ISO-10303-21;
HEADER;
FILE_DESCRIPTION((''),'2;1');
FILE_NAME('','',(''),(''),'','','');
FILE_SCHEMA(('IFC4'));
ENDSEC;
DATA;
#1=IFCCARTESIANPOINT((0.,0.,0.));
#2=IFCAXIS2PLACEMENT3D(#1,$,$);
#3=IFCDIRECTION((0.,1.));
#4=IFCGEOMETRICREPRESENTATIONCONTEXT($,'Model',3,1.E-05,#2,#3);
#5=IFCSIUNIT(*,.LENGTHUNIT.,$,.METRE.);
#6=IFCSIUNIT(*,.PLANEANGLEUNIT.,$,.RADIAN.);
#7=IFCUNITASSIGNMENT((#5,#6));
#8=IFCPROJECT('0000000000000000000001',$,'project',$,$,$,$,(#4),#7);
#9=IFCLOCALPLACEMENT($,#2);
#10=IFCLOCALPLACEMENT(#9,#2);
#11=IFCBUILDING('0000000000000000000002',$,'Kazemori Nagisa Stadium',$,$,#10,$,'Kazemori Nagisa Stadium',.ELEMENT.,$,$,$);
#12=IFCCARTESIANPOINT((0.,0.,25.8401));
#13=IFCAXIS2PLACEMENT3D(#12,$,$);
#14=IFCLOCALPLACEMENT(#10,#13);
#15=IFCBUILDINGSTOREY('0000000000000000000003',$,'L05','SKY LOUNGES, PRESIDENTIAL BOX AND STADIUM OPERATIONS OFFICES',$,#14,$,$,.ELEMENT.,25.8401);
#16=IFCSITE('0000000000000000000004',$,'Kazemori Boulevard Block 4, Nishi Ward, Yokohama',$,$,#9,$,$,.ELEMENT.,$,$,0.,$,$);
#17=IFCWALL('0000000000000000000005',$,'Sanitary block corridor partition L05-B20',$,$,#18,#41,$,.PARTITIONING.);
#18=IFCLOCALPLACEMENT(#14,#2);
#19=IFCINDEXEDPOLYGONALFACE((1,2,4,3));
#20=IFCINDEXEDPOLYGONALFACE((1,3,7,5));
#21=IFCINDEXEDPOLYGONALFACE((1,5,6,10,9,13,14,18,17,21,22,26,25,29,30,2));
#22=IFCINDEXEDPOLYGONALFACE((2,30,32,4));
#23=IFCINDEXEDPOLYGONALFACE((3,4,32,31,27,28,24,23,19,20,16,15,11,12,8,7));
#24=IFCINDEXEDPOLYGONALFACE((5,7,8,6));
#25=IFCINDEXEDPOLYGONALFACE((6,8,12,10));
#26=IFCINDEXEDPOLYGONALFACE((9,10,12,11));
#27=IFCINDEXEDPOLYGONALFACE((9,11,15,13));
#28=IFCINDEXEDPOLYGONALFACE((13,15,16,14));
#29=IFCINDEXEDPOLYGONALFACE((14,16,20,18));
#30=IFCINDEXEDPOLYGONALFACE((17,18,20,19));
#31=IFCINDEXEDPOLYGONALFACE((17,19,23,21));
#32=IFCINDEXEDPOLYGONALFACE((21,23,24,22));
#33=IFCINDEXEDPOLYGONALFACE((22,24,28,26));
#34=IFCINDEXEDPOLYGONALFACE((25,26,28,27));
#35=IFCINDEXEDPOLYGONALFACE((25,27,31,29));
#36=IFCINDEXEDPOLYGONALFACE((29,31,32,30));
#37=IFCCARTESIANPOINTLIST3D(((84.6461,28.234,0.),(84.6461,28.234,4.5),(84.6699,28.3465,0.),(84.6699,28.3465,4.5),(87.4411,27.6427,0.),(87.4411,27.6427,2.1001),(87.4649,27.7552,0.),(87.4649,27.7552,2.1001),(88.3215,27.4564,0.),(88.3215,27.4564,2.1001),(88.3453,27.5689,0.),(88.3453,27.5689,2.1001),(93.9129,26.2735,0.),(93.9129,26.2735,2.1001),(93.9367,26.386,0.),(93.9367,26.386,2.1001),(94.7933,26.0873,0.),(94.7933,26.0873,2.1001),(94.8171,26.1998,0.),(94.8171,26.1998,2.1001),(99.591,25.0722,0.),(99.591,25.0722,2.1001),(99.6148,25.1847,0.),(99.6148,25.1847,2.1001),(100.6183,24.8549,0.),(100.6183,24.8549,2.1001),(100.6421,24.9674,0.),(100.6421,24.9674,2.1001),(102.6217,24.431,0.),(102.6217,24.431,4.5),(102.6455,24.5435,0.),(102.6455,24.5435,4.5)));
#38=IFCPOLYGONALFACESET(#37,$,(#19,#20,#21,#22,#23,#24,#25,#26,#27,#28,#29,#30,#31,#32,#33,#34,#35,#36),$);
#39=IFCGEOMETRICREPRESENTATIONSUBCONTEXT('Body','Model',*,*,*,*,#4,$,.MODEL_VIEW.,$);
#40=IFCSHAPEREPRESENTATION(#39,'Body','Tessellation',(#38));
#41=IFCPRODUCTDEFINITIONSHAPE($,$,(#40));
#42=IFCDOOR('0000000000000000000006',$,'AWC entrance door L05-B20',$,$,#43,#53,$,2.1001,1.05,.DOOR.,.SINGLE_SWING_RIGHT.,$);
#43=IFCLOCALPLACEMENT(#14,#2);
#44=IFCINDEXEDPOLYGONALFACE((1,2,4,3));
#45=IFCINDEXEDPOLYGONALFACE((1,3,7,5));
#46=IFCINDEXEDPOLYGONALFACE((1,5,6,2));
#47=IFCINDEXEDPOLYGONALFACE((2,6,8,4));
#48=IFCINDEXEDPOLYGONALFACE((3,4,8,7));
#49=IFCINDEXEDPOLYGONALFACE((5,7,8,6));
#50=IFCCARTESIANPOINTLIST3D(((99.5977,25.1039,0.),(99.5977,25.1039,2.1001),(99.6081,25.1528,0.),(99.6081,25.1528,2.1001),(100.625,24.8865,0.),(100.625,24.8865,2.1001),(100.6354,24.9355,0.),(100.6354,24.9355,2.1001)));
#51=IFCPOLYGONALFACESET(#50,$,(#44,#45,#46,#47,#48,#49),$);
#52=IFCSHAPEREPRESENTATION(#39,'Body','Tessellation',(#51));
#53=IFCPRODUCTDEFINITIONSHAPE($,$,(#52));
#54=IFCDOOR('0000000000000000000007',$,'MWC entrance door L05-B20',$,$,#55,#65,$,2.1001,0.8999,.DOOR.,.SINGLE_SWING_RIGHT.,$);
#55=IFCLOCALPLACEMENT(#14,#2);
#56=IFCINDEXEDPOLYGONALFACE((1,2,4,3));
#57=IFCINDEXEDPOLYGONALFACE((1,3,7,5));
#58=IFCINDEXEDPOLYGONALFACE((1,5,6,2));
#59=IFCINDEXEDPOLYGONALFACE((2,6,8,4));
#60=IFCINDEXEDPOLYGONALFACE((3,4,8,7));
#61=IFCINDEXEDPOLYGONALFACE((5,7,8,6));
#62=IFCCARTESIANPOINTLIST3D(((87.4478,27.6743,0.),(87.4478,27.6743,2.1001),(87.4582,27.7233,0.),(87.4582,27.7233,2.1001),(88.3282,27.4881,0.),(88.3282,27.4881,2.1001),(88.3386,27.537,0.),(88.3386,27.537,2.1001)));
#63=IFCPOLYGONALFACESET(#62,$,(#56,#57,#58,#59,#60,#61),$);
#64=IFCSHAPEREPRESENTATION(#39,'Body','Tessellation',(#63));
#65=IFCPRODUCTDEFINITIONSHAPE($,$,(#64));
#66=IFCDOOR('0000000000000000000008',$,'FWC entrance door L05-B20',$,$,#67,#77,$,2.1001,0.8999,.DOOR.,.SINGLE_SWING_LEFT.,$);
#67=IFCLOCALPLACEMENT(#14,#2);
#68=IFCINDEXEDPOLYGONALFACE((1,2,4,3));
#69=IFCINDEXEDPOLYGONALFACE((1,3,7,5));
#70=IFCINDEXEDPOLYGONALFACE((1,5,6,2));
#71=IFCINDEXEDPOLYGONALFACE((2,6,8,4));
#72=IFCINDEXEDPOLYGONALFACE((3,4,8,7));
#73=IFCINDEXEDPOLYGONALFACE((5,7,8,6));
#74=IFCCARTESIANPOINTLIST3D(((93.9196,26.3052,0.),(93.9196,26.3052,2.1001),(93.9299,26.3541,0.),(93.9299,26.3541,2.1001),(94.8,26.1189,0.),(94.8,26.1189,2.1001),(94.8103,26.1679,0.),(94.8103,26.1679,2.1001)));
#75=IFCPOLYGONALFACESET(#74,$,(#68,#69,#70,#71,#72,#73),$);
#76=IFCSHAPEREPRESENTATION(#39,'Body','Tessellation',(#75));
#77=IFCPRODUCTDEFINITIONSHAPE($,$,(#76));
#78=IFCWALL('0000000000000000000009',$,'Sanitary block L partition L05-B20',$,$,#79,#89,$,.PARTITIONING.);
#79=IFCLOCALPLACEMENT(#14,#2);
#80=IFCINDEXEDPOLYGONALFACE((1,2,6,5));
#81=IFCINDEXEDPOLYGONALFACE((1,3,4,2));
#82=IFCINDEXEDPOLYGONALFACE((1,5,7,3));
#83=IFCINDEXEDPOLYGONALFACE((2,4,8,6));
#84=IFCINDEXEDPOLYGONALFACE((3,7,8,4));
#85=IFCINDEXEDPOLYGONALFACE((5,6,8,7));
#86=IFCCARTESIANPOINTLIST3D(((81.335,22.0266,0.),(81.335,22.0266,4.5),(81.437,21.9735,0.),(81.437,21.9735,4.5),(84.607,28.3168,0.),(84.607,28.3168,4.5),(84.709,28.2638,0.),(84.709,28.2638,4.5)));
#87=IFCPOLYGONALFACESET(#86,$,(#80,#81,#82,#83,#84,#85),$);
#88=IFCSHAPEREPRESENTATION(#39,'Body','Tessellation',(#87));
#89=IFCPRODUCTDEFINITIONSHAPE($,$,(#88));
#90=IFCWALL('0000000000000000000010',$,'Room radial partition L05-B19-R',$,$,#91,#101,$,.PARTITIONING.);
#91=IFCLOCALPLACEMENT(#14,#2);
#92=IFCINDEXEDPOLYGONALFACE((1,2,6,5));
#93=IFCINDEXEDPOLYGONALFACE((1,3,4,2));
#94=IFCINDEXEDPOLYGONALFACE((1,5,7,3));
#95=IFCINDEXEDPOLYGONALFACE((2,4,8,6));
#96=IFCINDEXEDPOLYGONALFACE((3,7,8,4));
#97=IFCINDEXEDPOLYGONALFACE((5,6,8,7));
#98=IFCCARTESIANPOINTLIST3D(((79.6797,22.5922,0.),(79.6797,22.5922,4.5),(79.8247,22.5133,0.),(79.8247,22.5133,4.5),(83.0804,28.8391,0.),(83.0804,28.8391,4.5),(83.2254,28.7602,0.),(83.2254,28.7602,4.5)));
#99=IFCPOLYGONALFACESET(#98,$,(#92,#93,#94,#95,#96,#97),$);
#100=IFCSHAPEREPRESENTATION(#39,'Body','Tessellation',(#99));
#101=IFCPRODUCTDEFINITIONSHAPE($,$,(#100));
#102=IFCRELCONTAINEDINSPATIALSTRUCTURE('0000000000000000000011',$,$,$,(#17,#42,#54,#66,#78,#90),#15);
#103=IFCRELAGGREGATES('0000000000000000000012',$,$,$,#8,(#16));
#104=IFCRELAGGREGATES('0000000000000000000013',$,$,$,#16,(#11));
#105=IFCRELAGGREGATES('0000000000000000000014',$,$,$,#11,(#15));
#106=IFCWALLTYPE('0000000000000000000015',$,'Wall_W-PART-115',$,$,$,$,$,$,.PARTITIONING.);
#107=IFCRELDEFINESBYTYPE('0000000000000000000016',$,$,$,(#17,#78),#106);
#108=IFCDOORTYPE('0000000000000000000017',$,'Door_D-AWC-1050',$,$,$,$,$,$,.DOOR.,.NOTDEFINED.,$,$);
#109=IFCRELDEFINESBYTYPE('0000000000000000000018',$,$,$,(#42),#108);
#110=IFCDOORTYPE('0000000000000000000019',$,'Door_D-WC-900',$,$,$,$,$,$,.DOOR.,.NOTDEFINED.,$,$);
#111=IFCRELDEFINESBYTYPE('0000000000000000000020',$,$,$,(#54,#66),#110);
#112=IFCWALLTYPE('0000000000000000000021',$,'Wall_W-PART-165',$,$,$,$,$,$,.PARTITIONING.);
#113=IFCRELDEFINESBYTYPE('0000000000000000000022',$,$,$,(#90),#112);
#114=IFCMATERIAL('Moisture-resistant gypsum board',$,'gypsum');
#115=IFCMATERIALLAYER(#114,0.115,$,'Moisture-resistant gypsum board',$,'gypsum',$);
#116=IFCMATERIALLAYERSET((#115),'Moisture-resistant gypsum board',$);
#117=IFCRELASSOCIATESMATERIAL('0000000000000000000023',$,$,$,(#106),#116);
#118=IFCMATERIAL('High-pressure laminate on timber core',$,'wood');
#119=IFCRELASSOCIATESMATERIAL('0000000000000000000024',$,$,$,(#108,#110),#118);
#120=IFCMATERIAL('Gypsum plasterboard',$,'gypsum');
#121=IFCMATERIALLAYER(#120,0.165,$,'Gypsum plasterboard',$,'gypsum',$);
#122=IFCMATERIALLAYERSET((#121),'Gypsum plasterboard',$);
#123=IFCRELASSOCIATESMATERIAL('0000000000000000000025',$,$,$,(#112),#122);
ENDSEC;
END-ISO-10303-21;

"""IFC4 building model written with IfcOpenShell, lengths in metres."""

from ifc_helpers import new_model, si_unit, direction, frame, frame_2d, origin, place, context, subcontext, project, spatial, rectangle, extrude, material, layer, layer_set, type_object, element, fill, save


model = new_model("IFC4")

# Units and contexts
model_context = context("Model", 3, precision=1e-05, world=origin(), true_north=direction((0.0, 1.0)))
body_context = subcontext(model_context, "Body", "Model", "MODEL_VIEW")
ifc_project = project(units=[si_unit("LENGTHUNIT", "METRE"), si_unit("PLANEANGLEUNIT", "RADIAN")], contexts=[model_context])

# Site, building, storey
site_placement = place(None, origin())
site = spatial("IfcSite", under=ifc_project, at=site_placement, Name="Kazemori Boulevard Block 4, Nishi Ward, Yokohama", CompositionType="ELEMENT", RefElevation=0.0)
building_placement = place(site_placement, origin())
building = spatial("IfcBuilding", under=site, at=building_placement, Name="Kazemori Nagisa Stadium", LongName="Kazemori Nagisa Stadium", CompositionType="ELEMENT")
storey_placement = place(building_placement, frame((0.0, 0.0, 25.8401)))
storey = spatial("IfcBuildingStorey", under=building, at=storey_placement, Name="L05", Description="SKY LOUNGES, PRESIDENTIAL BOX AND STADIUM OPERATIONS OFFICES", CompositionType="ELEMENT", Elevation=25.8401)

# Wall, openings, doors
ifc_material_1 = material(Name="Moisture-resistant gypsum board", Category="gypsum")
ifc_layer_1 = layer(ifc_material_1, 0.115, Name="Moisture-resistant gypsum board", Category="gypsum")
ifc_layer_set_1 = layer_set([ifc_layer_1], Name="Moisture-resistant gypsum board")
wall_type_1 = type_object("IfcWallType", Name="Wall_W-PART-115", PredefinedType="PARTITIONING", material=ifc_layer_set_1)
wall_1_placement = place(storey_placement, frame((84.658, 28.2903, 0.0), z_axis=(0.0, 0.0, 1.0), x_axis=(0.978345, -0.206982, 0.0)))
wall_1 = element("IfcWall", 1, at=wall_1_placement, inside=storey, type_object=wall_type_1, Name="Sanitary block corridor partition L05-B20", PredefinedType="PARTITIONING", context=body_context, shape_type="SweptSolid", body=[
    extrude(rectangle(XDim=18.3735, YDim=0.115, at=frame_2d((9.1868, 0.0))), origin(), (0.0, 0.0, 1.0), 4.5),
])
opening_1_placement = place(wall_1_placement, frame((2.8569, 0.0, 0.0)))
opening_1 = element("IfcOpeningElement", 2, at=opening_1_placement, cuts=wall_1, PredefinedType="OPENING", context=body_context, shape_type="SweptSolid", body=[
    extrude(rectangle(XDim=0.8999, YDim=2.1001, at=frame_2d((0.45, 1.05))), frame((0.0, 0.0674, 0.0), z_axis=(0.0, -1.0, 0.0), x_axis=(1.0, 0.0, 0.0)), (0.0, 0.0, 1.0), 0.135),
])
opening_2_placement = place(wall_1_placement, frame((9.4719, 0.0, 0.0)))
opening_2 = element("IfcOpeningElement", 3, at=opening_2_placement, cuts=wall_1, PredefinedType="OPENING", context=body_context, shape_type="SweptSolid", body=[
    extrude(rectangle(XDim=0.8999, YDim=2.1001, at=frame_2d((0.45, 1.05))), frame((0.0, 0.0674, 0.0), z_axis=(0.0, -1.0, 0.0), x_axis=(1.0, 0.0, 0.0)), (0.0, 0.0, 1.0), 0.135),
])
opening_3_placement = place(wall_1_placement, frame((15.2759, 0.0, 0.0)))
opening_3 = element("IfcOpeningElement", 4, at=opening_3_placement, cuts=wall_1, PredefinedType="OPENING", context=body_context, shape_type="SweptSolid", body=[
    extrude(rectangle(XDim=1.05, YDim=2.1001, at=frame_2d((0.5249, 1.05))), frame((0.0, 0.0674, 0.0), z_axis=(0.0, -1.0, 0.0), x_axis=(1.0, 0.0, 0.0)), (0.0, 0.0, 1.0), 0.135),
])
ifc_material_2 = material(Name="High-pressure laminate on timber core", Category="wood")
door_type_1 = type_object("IfcDoorType", Name="Door_D-AWC-1050", OperationType="NOTDEFINED", PredefinedType="DOOR", material=ifc_material_2)
door_1_placement = place(opening_3_placement, origin())
door_1 = element("IfcDoor", 5, at=door_1_placement, inside=storey, type_object=door_type_1, Name="AWC entrance door L05-B20", OperationType="SINGLE_SWING_RIGHT", OverallHeight=2.1001, OverallWidth=1.05, PredefinedType="DOOR", context=body_context, shape_type="SweptSolid", body=[
    extrude(rectangle(XDim=1.05, YDim=2.1001, at=frame_2d((0.5249, 1.05))), frame((0.0, 0.0249, 0.0), z_axis=(0.0, -1.0, 0.0), x_axis=(1.0, 0.0, 0.0)), (0.0, 0.0, 1.0), 0.05),
])
fill(opening_3, door_1)
door_type_2 = type_object("IfcDoorType", Name="Door_D-WC-900", OperationType="NOTDEFINED", PredefinedType="DOOR", material=ifc_material_2)
door_2_placement = place(opening_1_placement, origin())
door_2 = element("IfcDoor", 6, at=door_2_placement, inside=storey, type_object=door_type_2, Name="MWC entrance door L05-B20", OperationType="SINGLE_SWING_RIGHT", OverallHeight=2.1001, OverallWidth=0.8999, PredefinedType="DOOR", context=body_context, shape_type="SweptSolid", body=[
    extrude(rectangle(XDim=0.8999, YDim=2.1001, at=frame_2d((0.45, 1.05))), frame((0.0, 0.0249, 0.0), z_axis=(0.0, -1.0, 0.0), x_axis=(1.0, 0.0, 0.0)), (0.0, 0.0, 1.0), 0.05),
])
fill(opening_1, door_2)
door_3_placement = place(opening_2_placement, origin())
door_3 = element("IfcDoor", 7, at=door_3_placement, inside=storey, type_object=door_type_2, Name="FWC entrance door L05-B20", OperationType="SINGLE_SWING_LEFT", OverallHeight=2.1001, OverallWidth=0.8999, PredefinedType="DOOR", context=body_context, shape_type="SweptSolid", body=[
    extrude(rectangle(XDim=0.8999, YDim=2.1001, at=frame_2d((0.45, 1.05))), frame((0.0, 0.0249, 0.0), z_axis=(0.0, -1.0, 0.0), x_axis=(1.0, 0.0, 0.0)), (0.0, 0.0, 1.0), 0.05),
])
fill(opening_2, door_3)

# Walls
wall_2_placement = place(storey_placement, frame((84.658, 28.2903, 0.0), z_axis=(0.0, 0.0, 1.0), x_axis=(-0.461467, -0.887158, 0.0)))
element("IfcWall", 8, at=wall_2_placement, inside=storey, type_object=wall_type_1, Name="Sanitary block L partition L05-B20", PredefinedType="PARTITIONING", context=body_context, shape_type="SweptSolid", body=[
    extrude(rectangle(XDim=7.0903, YDim=0.115, at=frame_2d((3.5452, 0.0))), origin(), (0.0, 0.0, 1.0), 4.5),
])
ifc_material_3 = material(Name="Gypsum plasterboard", Category="gypsum")
ifc_layer_2 = layer(ifc_material_3, 0.165, Name="Gypsum plasterboard", Category="gypsum")
ifc_layer_set_2 = layer_set([ifc_layer_2], Name="Gypsum plasterboard")
wall_type_2 = type_object("IfcWallType", Name="Wall_W-PART-165", PredefinedType="PARTITIONING", material=ifc_layer_set_2)
wall_3_placement = place(storey_placement, frame((83.1528, 28.7996, 0.0), z_axis=(0.0, 0.0, 1.0), x_axis=(-0.478123, -0.878293, 0.0)))
element("IfcWall", 9, at=wall_3_placement, inside=storey, type_object=wall_type_2, Name="Room radial partition L05-B19-R", PredefinedType="PARTITIONING", context=body_context, shape_type="SweptSolid", body=[
    extrude(rectangle(XDim=7.1125, YDim=0.165, at=frame_2d((3.5562, 0.0))), origin(), (0.0, 0.0, 1.0), 4.5),
])

save(model, "model.ifc")
